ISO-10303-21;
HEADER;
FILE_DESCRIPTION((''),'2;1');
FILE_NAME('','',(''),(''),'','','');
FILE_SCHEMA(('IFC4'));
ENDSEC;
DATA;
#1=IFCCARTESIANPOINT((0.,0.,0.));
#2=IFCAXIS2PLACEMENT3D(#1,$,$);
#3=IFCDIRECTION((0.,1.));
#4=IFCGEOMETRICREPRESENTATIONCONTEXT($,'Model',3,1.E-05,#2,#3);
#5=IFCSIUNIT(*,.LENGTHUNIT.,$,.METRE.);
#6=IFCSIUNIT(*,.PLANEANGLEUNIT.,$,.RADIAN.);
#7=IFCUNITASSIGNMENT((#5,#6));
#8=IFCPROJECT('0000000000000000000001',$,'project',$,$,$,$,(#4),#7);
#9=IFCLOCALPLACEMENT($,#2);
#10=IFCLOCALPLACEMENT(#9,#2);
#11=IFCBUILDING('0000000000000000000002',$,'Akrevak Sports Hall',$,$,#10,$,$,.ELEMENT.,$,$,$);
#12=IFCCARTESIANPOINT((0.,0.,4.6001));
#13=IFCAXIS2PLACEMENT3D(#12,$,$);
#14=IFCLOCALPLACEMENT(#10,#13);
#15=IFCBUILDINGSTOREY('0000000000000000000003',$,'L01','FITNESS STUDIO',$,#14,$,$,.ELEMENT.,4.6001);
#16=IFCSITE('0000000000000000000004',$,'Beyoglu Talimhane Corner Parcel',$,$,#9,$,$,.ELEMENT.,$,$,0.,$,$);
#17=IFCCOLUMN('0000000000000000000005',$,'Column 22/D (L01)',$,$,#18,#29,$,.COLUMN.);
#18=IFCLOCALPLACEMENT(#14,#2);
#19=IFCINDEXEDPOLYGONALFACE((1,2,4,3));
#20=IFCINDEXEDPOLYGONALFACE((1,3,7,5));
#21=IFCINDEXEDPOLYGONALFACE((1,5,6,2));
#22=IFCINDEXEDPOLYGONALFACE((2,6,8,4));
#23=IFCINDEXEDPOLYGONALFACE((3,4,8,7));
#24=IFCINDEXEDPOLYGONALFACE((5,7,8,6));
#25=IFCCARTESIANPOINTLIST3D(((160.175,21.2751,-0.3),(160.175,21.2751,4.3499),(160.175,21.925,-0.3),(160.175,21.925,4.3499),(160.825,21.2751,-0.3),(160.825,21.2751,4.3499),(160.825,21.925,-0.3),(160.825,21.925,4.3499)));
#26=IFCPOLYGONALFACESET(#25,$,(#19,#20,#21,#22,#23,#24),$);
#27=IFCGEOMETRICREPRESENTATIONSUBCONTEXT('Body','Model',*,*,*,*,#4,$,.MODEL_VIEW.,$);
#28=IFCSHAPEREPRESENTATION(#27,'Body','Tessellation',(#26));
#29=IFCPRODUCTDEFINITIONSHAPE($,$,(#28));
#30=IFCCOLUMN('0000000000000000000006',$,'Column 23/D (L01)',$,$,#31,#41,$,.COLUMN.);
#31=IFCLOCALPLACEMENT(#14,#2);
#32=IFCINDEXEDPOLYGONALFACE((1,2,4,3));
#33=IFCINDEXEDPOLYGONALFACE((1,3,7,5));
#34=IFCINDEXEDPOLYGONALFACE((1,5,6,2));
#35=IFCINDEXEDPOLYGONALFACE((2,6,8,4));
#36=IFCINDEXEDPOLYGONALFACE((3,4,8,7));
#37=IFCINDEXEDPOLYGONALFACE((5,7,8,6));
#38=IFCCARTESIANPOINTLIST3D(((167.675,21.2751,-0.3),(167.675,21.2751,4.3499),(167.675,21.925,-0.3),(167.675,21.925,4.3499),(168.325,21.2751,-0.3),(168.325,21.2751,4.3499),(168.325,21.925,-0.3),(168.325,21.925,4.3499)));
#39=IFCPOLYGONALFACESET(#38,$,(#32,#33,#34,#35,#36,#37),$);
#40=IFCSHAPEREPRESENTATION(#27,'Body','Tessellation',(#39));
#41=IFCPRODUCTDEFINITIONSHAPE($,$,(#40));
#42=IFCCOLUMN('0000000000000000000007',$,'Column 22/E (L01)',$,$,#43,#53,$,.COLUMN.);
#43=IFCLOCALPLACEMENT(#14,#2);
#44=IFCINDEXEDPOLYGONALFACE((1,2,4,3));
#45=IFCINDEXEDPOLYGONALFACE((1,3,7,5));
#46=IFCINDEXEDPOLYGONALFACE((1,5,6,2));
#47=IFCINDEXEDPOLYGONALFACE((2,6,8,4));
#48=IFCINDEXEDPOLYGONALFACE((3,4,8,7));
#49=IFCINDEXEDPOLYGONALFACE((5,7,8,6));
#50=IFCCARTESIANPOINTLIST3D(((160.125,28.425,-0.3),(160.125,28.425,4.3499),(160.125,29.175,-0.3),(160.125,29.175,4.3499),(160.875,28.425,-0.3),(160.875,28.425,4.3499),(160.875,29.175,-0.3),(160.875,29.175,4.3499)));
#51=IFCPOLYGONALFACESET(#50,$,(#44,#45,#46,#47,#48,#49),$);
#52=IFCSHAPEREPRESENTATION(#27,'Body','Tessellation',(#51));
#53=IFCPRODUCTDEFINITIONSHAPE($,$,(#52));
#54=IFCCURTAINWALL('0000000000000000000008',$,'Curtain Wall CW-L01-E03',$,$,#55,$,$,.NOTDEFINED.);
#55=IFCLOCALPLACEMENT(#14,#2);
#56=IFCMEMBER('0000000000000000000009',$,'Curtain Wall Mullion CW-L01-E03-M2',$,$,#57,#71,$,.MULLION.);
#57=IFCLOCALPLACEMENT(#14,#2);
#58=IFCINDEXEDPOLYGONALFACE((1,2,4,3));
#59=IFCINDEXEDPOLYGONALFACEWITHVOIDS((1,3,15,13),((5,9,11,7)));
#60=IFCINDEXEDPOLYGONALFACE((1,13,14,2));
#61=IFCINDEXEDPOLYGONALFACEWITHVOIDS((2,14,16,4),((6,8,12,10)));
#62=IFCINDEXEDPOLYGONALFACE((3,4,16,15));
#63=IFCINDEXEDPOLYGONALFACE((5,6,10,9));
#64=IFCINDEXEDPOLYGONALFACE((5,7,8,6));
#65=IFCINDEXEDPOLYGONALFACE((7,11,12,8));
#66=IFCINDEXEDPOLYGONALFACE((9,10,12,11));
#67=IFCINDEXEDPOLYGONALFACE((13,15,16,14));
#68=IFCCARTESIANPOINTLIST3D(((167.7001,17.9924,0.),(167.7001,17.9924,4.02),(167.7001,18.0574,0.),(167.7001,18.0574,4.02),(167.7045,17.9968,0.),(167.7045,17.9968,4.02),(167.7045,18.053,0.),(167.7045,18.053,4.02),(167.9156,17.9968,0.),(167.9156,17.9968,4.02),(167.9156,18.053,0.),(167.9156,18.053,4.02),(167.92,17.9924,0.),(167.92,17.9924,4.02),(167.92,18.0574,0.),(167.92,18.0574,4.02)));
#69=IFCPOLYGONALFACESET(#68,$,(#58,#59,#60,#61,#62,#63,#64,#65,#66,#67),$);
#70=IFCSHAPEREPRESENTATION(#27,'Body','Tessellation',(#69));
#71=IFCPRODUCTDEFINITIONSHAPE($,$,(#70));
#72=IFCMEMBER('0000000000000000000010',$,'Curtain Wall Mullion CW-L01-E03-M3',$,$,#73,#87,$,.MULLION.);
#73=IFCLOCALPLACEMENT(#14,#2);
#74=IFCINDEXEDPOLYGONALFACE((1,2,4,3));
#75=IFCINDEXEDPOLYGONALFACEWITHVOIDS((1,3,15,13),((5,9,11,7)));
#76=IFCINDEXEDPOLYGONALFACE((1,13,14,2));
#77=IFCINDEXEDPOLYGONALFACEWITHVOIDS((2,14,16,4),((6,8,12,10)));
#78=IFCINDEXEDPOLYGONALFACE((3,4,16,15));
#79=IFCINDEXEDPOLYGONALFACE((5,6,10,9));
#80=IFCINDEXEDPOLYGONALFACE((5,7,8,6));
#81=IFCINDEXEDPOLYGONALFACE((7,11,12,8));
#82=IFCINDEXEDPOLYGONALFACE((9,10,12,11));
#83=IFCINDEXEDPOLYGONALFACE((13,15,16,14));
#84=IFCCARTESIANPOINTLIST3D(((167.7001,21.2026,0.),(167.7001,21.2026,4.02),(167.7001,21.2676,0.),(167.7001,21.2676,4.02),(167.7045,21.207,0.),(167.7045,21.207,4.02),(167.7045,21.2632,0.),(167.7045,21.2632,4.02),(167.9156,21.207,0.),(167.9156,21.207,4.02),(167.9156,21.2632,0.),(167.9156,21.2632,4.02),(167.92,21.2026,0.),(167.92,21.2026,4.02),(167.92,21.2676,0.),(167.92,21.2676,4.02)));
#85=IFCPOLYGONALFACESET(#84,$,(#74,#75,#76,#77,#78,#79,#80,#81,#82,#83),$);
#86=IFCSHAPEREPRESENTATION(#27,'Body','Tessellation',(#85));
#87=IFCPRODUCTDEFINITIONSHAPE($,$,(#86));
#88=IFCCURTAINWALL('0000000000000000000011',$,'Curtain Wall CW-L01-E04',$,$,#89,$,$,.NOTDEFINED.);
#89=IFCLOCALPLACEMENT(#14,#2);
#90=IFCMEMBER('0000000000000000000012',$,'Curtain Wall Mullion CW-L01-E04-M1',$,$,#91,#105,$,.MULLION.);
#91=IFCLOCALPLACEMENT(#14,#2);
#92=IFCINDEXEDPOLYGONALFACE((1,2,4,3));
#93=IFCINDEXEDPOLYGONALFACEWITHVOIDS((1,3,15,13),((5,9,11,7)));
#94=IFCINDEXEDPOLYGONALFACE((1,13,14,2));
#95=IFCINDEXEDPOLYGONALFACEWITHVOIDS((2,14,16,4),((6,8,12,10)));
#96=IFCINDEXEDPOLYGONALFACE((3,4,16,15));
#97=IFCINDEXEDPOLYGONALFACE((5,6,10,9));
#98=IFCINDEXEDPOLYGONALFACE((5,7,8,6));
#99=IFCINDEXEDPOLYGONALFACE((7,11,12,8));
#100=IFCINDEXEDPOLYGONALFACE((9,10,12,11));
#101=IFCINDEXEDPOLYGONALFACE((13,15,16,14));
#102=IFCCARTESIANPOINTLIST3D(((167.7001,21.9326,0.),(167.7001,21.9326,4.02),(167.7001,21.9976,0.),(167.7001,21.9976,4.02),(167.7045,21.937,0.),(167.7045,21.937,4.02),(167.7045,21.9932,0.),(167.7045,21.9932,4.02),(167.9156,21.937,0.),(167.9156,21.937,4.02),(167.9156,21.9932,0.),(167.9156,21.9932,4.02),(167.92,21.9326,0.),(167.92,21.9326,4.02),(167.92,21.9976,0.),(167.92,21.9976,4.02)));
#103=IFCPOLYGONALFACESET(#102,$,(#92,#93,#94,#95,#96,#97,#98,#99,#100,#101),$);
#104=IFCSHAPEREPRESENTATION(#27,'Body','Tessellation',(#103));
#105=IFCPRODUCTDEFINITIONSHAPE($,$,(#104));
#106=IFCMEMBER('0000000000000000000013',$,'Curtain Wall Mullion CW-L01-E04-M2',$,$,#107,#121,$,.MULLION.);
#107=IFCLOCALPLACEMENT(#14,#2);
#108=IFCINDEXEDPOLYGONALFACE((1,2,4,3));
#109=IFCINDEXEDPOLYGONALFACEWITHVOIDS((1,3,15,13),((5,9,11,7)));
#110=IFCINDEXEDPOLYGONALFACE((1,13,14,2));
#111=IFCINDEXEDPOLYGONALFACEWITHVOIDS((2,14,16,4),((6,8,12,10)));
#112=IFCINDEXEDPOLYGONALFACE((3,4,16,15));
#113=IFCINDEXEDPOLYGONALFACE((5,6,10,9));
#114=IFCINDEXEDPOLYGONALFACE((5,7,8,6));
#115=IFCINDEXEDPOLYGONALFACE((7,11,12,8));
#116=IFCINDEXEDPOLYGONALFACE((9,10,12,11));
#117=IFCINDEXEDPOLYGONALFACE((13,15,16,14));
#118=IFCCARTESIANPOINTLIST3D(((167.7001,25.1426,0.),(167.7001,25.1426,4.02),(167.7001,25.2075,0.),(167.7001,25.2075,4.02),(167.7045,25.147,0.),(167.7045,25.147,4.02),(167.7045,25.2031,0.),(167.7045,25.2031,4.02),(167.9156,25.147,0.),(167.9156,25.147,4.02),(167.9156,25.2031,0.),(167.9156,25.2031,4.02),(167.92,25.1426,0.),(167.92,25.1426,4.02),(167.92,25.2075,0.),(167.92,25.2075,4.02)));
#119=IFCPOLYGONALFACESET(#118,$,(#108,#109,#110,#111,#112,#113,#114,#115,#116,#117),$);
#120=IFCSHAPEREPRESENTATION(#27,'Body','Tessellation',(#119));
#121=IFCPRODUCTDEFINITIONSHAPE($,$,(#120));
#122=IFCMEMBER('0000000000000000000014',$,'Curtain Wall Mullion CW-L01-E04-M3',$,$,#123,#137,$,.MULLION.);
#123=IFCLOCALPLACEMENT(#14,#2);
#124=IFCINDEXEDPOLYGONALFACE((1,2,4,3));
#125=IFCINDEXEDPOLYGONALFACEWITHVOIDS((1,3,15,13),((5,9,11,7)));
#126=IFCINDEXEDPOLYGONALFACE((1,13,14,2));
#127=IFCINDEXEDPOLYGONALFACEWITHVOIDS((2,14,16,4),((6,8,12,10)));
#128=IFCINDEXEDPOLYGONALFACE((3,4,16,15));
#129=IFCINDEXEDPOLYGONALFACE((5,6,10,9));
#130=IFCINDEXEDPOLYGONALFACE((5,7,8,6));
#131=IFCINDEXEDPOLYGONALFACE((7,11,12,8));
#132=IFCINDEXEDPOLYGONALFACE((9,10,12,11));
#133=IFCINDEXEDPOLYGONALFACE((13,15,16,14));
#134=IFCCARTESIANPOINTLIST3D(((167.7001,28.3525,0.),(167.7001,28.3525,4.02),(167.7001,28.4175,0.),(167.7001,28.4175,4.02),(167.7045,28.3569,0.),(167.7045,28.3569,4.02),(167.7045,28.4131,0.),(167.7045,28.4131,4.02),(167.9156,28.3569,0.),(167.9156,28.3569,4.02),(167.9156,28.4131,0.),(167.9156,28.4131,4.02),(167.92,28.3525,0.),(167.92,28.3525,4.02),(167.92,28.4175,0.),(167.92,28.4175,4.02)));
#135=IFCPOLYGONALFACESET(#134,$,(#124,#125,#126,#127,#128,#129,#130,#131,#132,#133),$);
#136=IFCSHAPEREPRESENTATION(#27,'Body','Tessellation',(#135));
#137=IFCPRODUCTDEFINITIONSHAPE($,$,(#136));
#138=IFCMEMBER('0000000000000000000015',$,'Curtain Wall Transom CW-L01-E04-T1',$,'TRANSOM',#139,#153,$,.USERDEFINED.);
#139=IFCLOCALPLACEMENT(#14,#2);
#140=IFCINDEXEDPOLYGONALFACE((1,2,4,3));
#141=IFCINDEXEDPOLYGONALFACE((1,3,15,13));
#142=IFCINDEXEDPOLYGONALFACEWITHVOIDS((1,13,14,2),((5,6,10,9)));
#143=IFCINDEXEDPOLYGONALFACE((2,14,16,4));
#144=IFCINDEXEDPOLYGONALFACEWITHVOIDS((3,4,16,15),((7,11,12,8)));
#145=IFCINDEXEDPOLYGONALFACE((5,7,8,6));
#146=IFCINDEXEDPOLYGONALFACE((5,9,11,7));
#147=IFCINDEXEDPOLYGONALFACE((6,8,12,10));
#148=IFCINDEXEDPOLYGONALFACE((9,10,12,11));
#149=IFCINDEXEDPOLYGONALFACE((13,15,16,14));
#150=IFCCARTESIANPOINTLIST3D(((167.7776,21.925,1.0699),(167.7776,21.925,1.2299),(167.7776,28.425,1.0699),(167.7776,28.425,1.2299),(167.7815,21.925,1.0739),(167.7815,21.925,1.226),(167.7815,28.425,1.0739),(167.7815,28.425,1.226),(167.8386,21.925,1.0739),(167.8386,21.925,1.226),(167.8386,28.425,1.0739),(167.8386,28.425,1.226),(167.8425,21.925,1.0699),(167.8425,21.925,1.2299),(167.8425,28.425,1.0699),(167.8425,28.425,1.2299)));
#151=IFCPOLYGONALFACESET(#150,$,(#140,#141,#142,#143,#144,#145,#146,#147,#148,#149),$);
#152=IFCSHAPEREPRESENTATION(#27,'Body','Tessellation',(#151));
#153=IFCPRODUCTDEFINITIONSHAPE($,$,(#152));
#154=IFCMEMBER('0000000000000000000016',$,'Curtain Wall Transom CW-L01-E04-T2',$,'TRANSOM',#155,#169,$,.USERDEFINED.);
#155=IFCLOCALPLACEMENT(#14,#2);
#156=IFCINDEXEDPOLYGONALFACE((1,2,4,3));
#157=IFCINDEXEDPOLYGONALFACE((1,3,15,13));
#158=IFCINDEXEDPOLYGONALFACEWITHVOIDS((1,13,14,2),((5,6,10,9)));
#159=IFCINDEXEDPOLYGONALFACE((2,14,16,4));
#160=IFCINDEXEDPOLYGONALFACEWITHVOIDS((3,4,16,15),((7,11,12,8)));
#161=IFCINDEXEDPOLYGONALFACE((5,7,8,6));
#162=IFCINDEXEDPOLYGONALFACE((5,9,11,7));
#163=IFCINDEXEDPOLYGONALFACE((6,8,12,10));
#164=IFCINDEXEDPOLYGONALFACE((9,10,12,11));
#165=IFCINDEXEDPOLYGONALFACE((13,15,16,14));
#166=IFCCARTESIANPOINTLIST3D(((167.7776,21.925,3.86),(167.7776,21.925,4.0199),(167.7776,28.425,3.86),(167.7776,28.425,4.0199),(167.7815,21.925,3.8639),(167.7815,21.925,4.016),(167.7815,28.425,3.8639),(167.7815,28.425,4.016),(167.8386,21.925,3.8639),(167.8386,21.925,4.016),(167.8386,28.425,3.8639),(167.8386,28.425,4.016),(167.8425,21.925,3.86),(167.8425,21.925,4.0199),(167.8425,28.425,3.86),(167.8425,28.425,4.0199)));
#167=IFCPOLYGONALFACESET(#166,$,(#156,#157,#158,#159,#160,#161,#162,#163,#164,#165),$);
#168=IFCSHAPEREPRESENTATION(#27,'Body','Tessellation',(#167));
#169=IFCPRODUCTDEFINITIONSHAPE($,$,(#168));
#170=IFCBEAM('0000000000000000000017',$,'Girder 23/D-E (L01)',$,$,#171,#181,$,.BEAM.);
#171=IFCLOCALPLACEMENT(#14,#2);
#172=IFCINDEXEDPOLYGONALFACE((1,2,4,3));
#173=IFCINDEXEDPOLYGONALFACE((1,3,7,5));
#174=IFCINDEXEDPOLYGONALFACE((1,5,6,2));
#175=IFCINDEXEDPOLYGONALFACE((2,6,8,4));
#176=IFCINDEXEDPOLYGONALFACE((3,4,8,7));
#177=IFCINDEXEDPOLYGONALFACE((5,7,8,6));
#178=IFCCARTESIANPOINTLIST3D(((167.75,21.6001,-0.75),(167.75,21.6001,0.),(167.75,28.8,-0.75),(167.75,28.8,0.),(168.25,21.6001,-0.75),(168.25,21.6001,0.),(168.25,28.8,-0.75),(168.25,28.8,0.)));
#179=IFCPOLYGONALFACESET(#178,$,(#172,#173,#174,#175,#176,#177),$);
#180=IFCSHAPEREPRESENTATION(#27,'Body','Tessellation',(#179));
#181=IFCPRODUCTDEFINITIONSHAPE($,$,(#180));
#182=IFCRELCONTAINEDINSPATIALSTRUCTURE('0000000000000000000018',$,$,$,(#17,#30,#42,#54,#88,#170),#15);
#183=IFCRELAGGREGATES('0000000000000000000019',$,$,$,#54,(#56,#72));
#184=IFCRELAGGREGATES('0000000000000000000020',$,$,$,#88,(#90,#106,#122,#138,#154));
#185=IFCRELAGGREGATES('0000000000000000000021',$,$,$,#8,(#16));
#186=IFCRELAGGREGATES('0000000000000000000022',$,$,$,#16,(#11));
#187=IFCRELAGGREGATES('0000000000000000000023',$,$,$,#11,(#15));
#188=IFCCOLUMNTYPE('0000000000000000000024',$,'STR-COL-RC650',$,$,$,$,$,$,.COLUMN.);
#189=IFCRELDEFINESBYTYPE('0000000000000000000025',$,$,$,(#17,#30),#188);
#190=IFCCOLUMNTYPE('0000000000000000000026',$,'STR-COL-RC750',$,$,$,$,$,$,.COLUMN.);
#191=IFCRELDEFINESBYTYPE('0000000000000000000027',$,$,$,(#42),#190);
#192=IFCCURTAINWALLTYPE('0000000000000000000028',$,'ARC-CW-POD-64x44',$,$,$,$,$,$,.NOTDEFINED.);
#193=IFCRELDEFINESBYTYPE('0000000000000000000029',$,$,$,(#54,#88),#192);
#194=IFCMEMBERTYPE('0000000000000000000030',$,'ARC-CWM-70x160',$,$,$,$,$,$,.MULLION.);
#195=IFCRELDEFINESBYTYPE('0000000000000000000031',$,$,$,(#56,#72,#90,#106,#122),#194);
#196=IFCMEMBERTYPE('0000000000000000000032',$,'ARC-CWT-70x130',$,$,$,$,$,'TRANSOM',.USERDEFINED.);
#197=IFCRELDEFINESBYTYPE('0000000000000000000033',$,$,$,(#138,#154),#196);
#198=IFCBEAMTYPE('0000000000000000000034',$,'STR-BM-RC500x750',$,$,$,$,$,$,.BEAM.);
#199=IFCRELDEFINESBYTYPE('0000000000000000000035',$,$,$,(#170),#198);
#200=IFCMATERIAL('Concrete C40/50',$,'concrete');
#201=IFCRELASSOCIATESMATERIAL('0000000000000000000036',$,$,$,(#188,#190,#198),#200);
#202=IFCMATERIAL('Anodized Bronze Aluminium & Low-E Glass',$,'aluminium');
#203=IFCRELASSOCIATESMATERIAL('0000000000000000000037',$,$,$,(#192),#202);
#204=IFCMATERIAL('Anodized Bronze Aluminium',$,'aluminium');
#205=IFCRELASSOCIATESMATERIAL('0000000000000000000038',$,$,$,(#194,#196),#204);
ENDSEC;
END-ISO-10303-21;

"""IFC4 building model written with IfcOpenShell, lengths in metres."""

from ifc_helpers import new_model, si_unit, direction, frame, origin, origin_2d, place, context, subcontext, project, spatial, rectangle, hollow_rectangle, extrude, material, material_profile, profile_set, type_object, element, aggregate, save


model = new_model("IFC4")

# Units and contexts
model_context = context("Model", 3, precision=1e-05, world=origin(), true_north=direction((0.0, 1.0)))
body_context = subcontext(model_context, "Body", "Model", "MODEL_VIEW")
ifc_project = project(units=[si_unit("LENGTHUNIT", "METRE"), si_unit("PLANEANGLEUNIT", "RADIAN")], contexts=[model_context])

# Site, building, storey
site_placement = place(None, origin())
site = spatial("IfcSite", under=ifc_project, at=site_placement, Name="Beyoglu Talimhane Corner Parcel", CompositionType="ELEMENT", RefElevation=0.0)
building_placement = place(site_placement, origin())
building = spatial("IfcBuilding", under=site, at=building_placement, Name="Akrevak Sports Hall", CompositionType="ELEMENT")
storey_placement = place(building_placement, frame((0.0, 0.0, 4.6001)))
storey = spatial("IfcBuildingStorey", under=building, at=storey_placement, Name="L01", Description="FITNESS STUDIO", CompositionType="ELEMENT", Elevation=4.6001)

# Columns
ifc_material_1 = material(Name="Concrete C40/50", Category="concrete")
ifc_material_profile_1 = material_profile(ifc_material_1, rectangle(XDim=0.6499, YDim=0.6499, at=origin_2d()), Name="RC 650x650", Category="concrete")
ifc_profile_set_1 = profile_set([ifc_material_profile_1], Name="Concrete C40/50")
column_type_1 = type_object("IfcColumnType", Name="STR-COL-RC650", PredefinedType="COLUMN", material=ifc_profile_set_1)
for number, where, z_axis, x_axis, name in (
    (1, (160.5, 21.6001, -0.3), (0.0, 0.0, 1.0), (1.0, 0.0, 0.0), "Column 22/D (L01)"),
    (2, (168.0, 21.6001, -0.3), (0.0, 0.0, 1.0), (1.0, 0.0, 0.0), "Column 23/D (L01)"),
):
    element("IfcColumn", number, at=place(storey_placement, frame(where, z_axis=z_axis, x_axis=x_axis)), inside=storey, type_object=column_type_1, Name=name, PredefinedType="COLUMN", context=body_context, shape_type="SweptSolid", body=[
        extrude(rectangle(XDim=0.6499, YDim=0.6499, at=origin_2d()), origin(), (0.0, 0.0, 1.0), 4.6499),
    ])
ifc_material_profile_2 = material_profile(ifc_material_1, rectangle(XDim=0.75, YDim=0.75, at=origin_2d()), Name="RC 750x750", Category="concrete")
ifc_profile_set_2 = profile_set([ifc_material_profile_2], Name="Concrete C40/50")
column_type_2 = type_object("IfcColumnType", Name="STR-COL-RC750", PredefinedType="COLUMN", material=ifc_profile_set_2)
column_placement = place(storey_placement, frame((160.5, 28.8, -0.3), z_axis=(0.0, 0.0, 1.0), x_axis=(1.0, 0.0, 0.0)))
element("IfcColumn", 3, at=column_placement, inside=storey, type_object=column_type_2, Name="Column 22/E (L01)", PredefinedType="COLUMN", context=body_context, shape_type="SweptSolid", body=[
    extrude(rectangle(XDim=0.75, YDim=0.75, at=origin_2d()), origin(), (0.0, 0.0, 1.0), 4.6499),
])

# Curtain walls, members
ifc_material_2 = material(Name="Anodized Bronze Aluminium & Low-E Glass", Category="aluminium")
curtain_wall_type = type_object("IfcCurtainWallType", Name="ARC-CW-POD-64x44", PredefinedType="NOTDEFINED", material=ifc_material_2)
curtain_wall_1_placement = place(storey_placement, origin())
curtain_wall_1 = element("IfcCurtainWall", 4, at=curtain_wall_1_placement, inside=storey, type_object=curtain_wall_type, Name="Curtain Wall CW-L01-E03", PredefinedType="NOTDEFINED")
ifc_material_3 = material(Name="Anodized Bronze Aluminium", Category="aluminium")
ifc_material_profile_3 = material_profile(ifc_material_3, hollow_rectangle(XDim=0.0649, YDim=0.22, WallThickness=0.0044, at=origin_2d()), Name="CWM 65x220", Category="aluminium")
ifc_profile_set_3 = profile_set([ifc_material_profile_3], Name="Anodized Bronze Aluminium")
member_type_1 = type_object("IfcMemberType", Name="ARC-CWM-70x160", PredefinedType="MULLION", material=ifc_profile_set_3)
member_1_placement = place(storey_placement, frame((167.8101, 18.0249, 0.0), z_axis=(0.0, 0.0, 1.0), x_axis=(0.0, 1.0, 0.0)))
member_1 = element("IfcMember", 5, at=member_1_placement, type_object=member_type_1, Name="Curtain Wall Mullion CW-L01-E03-M2", PredefinedType="MULLION", context=body_context, shape_type="SweptSolid", body=[
    extrude(hollow_rectangle(XDim=0.0649, YDim=0.22, WallThickness=0.0044, at=origin_2d()), origin(), (0.0, 0.0, 1.0), 4.02),
])
member_2_placement = place(storey_placement, frame((167.8101, 21.2351, 0.0), z_axis=(0.0, 0.0, 1.0), x_axis=(0.0, 1.0, 0.0)))
member_2 = element("IfcMember", 6, at=member_2_placement, type_object=member_type_1, Name="Curtain Wall Mullion CW-L01-E03-M3", PredefinedType="MULLION", context=body_context, shape_type="SweptSolid", body=[
    extrude(hollow_rectangle(XDim=0.0649, YDim=0.22, WallThickness=0.0044, at=origin_2d()), origin(), (0.0, 0.0, 1.0), 4.02),
])
curtain_wall_2_placement = place(storey_placement, origin())
curtain_wall_2 = element("IfcCurtainWall", 7, at=curtain_wall_2_placement, inside=storey, type_object=curtain_wall_type, Name="Curtain Wall CW-L01-E04", PredefinedType="NOTDEFINED")
member_3_placement = place(storey_placement, frame((167.8101, 21.9651, 0.0), z_axis=(0.0, 0.0, 1.0), x_axis=(0.0, 1.0, 0.0)))
member_3 = element("IfcMember", 8, at=member_3_placement, type_object=member_type_1, Name="Curtain Wall Mullion CW-L01-E04-M1", PredefinedType="MULLION", context=body_context, shape_type="SweptSolid", body=[
    extrude(hollow_rectangle(XDim=0.0649, YDim=0.22, WallThickness=0.0044, at=origin_2d()), origin(), (0.0, 0.0, 1.0), 4.02),
])
member_4_placement = place(storey_placement, frame((167.8101, 25.175, 0.0), z_axis=(0.0, 0.0, 1.0), x_axis=(0.0, 1.0, 0.0)))
member_4 = element("IfcMember", 9, at=member_4_placement, type_object=member_type_1, Name="Curtain Wall Mullion CW-L01-E04-M2", PredefinedType="MULLION", context=body_context, shape_type="SweptSolid", body=[
    extrude(hollow_rectangle(XDim=0.0649, YDim=0.22, WallThickness=0.0044, at=origin_2d()), origin(), (0.0, 0.0, 1.0), 4.02),
])
member_5_placement = place(storey_placement, frame((167.8101, 28.385, 0.0), z_axis=(0.0, 0.0, 1.0), x_axis=(0.0, 1.0, 0.0)))
member_5 = element("IfcMember", 10, at=member_5_placement, type_object=member_type_1, Name="Curtain Wall Mullion CW-L01-E04-M3", PredefinedType="MULLION", context=body_context, shape_type="SweptSolid", body=[
    extrude(hollow_rectangle(XDim=0.0649, YDim=0.22, WallThickness=0.0044, at=origin_2d()), origin(), (0.0, 0.0, 1.0), 4.02),
])
ifc_material_profile_4 = material_profile(ifc_material_3, hollow_rectangle(XDim=0.0649, YDim=0.1599, WallThickness=0.0039, at=origin_2d()), Name="CWT 65x160", Category="aluminium")
ifc_profile_set_4 = profile_set([ifc_material_profile_4], Name="Anodized Bronze Aluminium")
member_type_2 = type_object("IfcMemberType", Name="ARC-CWT-70x130", ElementType="TRANSOM", PredefinedType="USERDEFINED", material=ifc_profile_set_4)
member_6_placement = place(storey_placement, frame((167.8101, 21.925, 1.1499), z_axis=(0.0, 1.0, 0.0), x_axis=(-1.0, 0.0, 0.0)))
member_6 = element("IfcMember", 11, at=member_6_placement, type_object=member_type_2, Name="Curtain Wall Transom CW-L01-E04-T1", ObjectType="TRANSOM", PredefinedType="USERDEFINED", context=body_context, shape_type="SweptSolid", body=[
    extrude(hollow_rectangle(XDim=0.0649, YDim=0.1599, WallThickness=0.0039, at=origin_2d()), origin(), (0.0, 0.0, 1.0), 6.5),
])
member_7_placement = place(storey_placement, frame((167.8101, 21.925, 3.9399), z_axis=(0.0, 1.0, 0.0), x_axis=(-1.0, 0.0, 0.0)))
member_7 = element("IfcMember", 12, at=member_7_placement, type_object=member_type_2, Name="Curtain Wall Transom CW-L01-E04-T2", ObjectType="TRANSOM", PredefinedType="USERDEFINED", context=body_context, shape_type="SweptSolid", body=[
    extrude(hollow_rectangle(XDim=0.0649, YDim=0.1599, WallThickness=0.0039, at=origin_2d()), origin(), (0.0, 0.0, 1.0), 6.5),
])

# Beam
ifc_material_profile_5 = material_profile(ifc_material_1, rectangle(XDim=0.5, YDim=0.75, at=origin_2d()), Name="BM 500x750", Category="concrete")
ifc_profile_set_5 = profile_set([ifc_material_profile_5], Name="Concrete C40/50")
beam_type_1 = type_object("IfcBeamType", Name="STR-BM-RC500x750", PredefinedType="BEAM", material=ifc_profile_set_5)
beam_placement = place(storey_placement, frame((168.0, 21.6001, -0.375), z_axis=(0.0, 1.0, 0.0), x_axis=(-1.0, 0.0, 0.0)))
element("IfcBeam", 13, at=beam_placement, inside=storey, type_object=beam_type_1, Name="Girder 23/D-E (L01)", PredefinedType="BEAM", context=body_context, shape_type="SweptSolid", body=[
    extrude(rectangle(XDim=0.5, YDim=0.75, at=origin_2d()), origin(), (0.0, 0.0, 1.0), 7.2),
])

aggregate(curtain_wall_1, [member_1, member_2])
aggregate(curtain_wall_2, [member_3, member_4, member_5, member_6, member_7])

save(model, "model.ifc")
